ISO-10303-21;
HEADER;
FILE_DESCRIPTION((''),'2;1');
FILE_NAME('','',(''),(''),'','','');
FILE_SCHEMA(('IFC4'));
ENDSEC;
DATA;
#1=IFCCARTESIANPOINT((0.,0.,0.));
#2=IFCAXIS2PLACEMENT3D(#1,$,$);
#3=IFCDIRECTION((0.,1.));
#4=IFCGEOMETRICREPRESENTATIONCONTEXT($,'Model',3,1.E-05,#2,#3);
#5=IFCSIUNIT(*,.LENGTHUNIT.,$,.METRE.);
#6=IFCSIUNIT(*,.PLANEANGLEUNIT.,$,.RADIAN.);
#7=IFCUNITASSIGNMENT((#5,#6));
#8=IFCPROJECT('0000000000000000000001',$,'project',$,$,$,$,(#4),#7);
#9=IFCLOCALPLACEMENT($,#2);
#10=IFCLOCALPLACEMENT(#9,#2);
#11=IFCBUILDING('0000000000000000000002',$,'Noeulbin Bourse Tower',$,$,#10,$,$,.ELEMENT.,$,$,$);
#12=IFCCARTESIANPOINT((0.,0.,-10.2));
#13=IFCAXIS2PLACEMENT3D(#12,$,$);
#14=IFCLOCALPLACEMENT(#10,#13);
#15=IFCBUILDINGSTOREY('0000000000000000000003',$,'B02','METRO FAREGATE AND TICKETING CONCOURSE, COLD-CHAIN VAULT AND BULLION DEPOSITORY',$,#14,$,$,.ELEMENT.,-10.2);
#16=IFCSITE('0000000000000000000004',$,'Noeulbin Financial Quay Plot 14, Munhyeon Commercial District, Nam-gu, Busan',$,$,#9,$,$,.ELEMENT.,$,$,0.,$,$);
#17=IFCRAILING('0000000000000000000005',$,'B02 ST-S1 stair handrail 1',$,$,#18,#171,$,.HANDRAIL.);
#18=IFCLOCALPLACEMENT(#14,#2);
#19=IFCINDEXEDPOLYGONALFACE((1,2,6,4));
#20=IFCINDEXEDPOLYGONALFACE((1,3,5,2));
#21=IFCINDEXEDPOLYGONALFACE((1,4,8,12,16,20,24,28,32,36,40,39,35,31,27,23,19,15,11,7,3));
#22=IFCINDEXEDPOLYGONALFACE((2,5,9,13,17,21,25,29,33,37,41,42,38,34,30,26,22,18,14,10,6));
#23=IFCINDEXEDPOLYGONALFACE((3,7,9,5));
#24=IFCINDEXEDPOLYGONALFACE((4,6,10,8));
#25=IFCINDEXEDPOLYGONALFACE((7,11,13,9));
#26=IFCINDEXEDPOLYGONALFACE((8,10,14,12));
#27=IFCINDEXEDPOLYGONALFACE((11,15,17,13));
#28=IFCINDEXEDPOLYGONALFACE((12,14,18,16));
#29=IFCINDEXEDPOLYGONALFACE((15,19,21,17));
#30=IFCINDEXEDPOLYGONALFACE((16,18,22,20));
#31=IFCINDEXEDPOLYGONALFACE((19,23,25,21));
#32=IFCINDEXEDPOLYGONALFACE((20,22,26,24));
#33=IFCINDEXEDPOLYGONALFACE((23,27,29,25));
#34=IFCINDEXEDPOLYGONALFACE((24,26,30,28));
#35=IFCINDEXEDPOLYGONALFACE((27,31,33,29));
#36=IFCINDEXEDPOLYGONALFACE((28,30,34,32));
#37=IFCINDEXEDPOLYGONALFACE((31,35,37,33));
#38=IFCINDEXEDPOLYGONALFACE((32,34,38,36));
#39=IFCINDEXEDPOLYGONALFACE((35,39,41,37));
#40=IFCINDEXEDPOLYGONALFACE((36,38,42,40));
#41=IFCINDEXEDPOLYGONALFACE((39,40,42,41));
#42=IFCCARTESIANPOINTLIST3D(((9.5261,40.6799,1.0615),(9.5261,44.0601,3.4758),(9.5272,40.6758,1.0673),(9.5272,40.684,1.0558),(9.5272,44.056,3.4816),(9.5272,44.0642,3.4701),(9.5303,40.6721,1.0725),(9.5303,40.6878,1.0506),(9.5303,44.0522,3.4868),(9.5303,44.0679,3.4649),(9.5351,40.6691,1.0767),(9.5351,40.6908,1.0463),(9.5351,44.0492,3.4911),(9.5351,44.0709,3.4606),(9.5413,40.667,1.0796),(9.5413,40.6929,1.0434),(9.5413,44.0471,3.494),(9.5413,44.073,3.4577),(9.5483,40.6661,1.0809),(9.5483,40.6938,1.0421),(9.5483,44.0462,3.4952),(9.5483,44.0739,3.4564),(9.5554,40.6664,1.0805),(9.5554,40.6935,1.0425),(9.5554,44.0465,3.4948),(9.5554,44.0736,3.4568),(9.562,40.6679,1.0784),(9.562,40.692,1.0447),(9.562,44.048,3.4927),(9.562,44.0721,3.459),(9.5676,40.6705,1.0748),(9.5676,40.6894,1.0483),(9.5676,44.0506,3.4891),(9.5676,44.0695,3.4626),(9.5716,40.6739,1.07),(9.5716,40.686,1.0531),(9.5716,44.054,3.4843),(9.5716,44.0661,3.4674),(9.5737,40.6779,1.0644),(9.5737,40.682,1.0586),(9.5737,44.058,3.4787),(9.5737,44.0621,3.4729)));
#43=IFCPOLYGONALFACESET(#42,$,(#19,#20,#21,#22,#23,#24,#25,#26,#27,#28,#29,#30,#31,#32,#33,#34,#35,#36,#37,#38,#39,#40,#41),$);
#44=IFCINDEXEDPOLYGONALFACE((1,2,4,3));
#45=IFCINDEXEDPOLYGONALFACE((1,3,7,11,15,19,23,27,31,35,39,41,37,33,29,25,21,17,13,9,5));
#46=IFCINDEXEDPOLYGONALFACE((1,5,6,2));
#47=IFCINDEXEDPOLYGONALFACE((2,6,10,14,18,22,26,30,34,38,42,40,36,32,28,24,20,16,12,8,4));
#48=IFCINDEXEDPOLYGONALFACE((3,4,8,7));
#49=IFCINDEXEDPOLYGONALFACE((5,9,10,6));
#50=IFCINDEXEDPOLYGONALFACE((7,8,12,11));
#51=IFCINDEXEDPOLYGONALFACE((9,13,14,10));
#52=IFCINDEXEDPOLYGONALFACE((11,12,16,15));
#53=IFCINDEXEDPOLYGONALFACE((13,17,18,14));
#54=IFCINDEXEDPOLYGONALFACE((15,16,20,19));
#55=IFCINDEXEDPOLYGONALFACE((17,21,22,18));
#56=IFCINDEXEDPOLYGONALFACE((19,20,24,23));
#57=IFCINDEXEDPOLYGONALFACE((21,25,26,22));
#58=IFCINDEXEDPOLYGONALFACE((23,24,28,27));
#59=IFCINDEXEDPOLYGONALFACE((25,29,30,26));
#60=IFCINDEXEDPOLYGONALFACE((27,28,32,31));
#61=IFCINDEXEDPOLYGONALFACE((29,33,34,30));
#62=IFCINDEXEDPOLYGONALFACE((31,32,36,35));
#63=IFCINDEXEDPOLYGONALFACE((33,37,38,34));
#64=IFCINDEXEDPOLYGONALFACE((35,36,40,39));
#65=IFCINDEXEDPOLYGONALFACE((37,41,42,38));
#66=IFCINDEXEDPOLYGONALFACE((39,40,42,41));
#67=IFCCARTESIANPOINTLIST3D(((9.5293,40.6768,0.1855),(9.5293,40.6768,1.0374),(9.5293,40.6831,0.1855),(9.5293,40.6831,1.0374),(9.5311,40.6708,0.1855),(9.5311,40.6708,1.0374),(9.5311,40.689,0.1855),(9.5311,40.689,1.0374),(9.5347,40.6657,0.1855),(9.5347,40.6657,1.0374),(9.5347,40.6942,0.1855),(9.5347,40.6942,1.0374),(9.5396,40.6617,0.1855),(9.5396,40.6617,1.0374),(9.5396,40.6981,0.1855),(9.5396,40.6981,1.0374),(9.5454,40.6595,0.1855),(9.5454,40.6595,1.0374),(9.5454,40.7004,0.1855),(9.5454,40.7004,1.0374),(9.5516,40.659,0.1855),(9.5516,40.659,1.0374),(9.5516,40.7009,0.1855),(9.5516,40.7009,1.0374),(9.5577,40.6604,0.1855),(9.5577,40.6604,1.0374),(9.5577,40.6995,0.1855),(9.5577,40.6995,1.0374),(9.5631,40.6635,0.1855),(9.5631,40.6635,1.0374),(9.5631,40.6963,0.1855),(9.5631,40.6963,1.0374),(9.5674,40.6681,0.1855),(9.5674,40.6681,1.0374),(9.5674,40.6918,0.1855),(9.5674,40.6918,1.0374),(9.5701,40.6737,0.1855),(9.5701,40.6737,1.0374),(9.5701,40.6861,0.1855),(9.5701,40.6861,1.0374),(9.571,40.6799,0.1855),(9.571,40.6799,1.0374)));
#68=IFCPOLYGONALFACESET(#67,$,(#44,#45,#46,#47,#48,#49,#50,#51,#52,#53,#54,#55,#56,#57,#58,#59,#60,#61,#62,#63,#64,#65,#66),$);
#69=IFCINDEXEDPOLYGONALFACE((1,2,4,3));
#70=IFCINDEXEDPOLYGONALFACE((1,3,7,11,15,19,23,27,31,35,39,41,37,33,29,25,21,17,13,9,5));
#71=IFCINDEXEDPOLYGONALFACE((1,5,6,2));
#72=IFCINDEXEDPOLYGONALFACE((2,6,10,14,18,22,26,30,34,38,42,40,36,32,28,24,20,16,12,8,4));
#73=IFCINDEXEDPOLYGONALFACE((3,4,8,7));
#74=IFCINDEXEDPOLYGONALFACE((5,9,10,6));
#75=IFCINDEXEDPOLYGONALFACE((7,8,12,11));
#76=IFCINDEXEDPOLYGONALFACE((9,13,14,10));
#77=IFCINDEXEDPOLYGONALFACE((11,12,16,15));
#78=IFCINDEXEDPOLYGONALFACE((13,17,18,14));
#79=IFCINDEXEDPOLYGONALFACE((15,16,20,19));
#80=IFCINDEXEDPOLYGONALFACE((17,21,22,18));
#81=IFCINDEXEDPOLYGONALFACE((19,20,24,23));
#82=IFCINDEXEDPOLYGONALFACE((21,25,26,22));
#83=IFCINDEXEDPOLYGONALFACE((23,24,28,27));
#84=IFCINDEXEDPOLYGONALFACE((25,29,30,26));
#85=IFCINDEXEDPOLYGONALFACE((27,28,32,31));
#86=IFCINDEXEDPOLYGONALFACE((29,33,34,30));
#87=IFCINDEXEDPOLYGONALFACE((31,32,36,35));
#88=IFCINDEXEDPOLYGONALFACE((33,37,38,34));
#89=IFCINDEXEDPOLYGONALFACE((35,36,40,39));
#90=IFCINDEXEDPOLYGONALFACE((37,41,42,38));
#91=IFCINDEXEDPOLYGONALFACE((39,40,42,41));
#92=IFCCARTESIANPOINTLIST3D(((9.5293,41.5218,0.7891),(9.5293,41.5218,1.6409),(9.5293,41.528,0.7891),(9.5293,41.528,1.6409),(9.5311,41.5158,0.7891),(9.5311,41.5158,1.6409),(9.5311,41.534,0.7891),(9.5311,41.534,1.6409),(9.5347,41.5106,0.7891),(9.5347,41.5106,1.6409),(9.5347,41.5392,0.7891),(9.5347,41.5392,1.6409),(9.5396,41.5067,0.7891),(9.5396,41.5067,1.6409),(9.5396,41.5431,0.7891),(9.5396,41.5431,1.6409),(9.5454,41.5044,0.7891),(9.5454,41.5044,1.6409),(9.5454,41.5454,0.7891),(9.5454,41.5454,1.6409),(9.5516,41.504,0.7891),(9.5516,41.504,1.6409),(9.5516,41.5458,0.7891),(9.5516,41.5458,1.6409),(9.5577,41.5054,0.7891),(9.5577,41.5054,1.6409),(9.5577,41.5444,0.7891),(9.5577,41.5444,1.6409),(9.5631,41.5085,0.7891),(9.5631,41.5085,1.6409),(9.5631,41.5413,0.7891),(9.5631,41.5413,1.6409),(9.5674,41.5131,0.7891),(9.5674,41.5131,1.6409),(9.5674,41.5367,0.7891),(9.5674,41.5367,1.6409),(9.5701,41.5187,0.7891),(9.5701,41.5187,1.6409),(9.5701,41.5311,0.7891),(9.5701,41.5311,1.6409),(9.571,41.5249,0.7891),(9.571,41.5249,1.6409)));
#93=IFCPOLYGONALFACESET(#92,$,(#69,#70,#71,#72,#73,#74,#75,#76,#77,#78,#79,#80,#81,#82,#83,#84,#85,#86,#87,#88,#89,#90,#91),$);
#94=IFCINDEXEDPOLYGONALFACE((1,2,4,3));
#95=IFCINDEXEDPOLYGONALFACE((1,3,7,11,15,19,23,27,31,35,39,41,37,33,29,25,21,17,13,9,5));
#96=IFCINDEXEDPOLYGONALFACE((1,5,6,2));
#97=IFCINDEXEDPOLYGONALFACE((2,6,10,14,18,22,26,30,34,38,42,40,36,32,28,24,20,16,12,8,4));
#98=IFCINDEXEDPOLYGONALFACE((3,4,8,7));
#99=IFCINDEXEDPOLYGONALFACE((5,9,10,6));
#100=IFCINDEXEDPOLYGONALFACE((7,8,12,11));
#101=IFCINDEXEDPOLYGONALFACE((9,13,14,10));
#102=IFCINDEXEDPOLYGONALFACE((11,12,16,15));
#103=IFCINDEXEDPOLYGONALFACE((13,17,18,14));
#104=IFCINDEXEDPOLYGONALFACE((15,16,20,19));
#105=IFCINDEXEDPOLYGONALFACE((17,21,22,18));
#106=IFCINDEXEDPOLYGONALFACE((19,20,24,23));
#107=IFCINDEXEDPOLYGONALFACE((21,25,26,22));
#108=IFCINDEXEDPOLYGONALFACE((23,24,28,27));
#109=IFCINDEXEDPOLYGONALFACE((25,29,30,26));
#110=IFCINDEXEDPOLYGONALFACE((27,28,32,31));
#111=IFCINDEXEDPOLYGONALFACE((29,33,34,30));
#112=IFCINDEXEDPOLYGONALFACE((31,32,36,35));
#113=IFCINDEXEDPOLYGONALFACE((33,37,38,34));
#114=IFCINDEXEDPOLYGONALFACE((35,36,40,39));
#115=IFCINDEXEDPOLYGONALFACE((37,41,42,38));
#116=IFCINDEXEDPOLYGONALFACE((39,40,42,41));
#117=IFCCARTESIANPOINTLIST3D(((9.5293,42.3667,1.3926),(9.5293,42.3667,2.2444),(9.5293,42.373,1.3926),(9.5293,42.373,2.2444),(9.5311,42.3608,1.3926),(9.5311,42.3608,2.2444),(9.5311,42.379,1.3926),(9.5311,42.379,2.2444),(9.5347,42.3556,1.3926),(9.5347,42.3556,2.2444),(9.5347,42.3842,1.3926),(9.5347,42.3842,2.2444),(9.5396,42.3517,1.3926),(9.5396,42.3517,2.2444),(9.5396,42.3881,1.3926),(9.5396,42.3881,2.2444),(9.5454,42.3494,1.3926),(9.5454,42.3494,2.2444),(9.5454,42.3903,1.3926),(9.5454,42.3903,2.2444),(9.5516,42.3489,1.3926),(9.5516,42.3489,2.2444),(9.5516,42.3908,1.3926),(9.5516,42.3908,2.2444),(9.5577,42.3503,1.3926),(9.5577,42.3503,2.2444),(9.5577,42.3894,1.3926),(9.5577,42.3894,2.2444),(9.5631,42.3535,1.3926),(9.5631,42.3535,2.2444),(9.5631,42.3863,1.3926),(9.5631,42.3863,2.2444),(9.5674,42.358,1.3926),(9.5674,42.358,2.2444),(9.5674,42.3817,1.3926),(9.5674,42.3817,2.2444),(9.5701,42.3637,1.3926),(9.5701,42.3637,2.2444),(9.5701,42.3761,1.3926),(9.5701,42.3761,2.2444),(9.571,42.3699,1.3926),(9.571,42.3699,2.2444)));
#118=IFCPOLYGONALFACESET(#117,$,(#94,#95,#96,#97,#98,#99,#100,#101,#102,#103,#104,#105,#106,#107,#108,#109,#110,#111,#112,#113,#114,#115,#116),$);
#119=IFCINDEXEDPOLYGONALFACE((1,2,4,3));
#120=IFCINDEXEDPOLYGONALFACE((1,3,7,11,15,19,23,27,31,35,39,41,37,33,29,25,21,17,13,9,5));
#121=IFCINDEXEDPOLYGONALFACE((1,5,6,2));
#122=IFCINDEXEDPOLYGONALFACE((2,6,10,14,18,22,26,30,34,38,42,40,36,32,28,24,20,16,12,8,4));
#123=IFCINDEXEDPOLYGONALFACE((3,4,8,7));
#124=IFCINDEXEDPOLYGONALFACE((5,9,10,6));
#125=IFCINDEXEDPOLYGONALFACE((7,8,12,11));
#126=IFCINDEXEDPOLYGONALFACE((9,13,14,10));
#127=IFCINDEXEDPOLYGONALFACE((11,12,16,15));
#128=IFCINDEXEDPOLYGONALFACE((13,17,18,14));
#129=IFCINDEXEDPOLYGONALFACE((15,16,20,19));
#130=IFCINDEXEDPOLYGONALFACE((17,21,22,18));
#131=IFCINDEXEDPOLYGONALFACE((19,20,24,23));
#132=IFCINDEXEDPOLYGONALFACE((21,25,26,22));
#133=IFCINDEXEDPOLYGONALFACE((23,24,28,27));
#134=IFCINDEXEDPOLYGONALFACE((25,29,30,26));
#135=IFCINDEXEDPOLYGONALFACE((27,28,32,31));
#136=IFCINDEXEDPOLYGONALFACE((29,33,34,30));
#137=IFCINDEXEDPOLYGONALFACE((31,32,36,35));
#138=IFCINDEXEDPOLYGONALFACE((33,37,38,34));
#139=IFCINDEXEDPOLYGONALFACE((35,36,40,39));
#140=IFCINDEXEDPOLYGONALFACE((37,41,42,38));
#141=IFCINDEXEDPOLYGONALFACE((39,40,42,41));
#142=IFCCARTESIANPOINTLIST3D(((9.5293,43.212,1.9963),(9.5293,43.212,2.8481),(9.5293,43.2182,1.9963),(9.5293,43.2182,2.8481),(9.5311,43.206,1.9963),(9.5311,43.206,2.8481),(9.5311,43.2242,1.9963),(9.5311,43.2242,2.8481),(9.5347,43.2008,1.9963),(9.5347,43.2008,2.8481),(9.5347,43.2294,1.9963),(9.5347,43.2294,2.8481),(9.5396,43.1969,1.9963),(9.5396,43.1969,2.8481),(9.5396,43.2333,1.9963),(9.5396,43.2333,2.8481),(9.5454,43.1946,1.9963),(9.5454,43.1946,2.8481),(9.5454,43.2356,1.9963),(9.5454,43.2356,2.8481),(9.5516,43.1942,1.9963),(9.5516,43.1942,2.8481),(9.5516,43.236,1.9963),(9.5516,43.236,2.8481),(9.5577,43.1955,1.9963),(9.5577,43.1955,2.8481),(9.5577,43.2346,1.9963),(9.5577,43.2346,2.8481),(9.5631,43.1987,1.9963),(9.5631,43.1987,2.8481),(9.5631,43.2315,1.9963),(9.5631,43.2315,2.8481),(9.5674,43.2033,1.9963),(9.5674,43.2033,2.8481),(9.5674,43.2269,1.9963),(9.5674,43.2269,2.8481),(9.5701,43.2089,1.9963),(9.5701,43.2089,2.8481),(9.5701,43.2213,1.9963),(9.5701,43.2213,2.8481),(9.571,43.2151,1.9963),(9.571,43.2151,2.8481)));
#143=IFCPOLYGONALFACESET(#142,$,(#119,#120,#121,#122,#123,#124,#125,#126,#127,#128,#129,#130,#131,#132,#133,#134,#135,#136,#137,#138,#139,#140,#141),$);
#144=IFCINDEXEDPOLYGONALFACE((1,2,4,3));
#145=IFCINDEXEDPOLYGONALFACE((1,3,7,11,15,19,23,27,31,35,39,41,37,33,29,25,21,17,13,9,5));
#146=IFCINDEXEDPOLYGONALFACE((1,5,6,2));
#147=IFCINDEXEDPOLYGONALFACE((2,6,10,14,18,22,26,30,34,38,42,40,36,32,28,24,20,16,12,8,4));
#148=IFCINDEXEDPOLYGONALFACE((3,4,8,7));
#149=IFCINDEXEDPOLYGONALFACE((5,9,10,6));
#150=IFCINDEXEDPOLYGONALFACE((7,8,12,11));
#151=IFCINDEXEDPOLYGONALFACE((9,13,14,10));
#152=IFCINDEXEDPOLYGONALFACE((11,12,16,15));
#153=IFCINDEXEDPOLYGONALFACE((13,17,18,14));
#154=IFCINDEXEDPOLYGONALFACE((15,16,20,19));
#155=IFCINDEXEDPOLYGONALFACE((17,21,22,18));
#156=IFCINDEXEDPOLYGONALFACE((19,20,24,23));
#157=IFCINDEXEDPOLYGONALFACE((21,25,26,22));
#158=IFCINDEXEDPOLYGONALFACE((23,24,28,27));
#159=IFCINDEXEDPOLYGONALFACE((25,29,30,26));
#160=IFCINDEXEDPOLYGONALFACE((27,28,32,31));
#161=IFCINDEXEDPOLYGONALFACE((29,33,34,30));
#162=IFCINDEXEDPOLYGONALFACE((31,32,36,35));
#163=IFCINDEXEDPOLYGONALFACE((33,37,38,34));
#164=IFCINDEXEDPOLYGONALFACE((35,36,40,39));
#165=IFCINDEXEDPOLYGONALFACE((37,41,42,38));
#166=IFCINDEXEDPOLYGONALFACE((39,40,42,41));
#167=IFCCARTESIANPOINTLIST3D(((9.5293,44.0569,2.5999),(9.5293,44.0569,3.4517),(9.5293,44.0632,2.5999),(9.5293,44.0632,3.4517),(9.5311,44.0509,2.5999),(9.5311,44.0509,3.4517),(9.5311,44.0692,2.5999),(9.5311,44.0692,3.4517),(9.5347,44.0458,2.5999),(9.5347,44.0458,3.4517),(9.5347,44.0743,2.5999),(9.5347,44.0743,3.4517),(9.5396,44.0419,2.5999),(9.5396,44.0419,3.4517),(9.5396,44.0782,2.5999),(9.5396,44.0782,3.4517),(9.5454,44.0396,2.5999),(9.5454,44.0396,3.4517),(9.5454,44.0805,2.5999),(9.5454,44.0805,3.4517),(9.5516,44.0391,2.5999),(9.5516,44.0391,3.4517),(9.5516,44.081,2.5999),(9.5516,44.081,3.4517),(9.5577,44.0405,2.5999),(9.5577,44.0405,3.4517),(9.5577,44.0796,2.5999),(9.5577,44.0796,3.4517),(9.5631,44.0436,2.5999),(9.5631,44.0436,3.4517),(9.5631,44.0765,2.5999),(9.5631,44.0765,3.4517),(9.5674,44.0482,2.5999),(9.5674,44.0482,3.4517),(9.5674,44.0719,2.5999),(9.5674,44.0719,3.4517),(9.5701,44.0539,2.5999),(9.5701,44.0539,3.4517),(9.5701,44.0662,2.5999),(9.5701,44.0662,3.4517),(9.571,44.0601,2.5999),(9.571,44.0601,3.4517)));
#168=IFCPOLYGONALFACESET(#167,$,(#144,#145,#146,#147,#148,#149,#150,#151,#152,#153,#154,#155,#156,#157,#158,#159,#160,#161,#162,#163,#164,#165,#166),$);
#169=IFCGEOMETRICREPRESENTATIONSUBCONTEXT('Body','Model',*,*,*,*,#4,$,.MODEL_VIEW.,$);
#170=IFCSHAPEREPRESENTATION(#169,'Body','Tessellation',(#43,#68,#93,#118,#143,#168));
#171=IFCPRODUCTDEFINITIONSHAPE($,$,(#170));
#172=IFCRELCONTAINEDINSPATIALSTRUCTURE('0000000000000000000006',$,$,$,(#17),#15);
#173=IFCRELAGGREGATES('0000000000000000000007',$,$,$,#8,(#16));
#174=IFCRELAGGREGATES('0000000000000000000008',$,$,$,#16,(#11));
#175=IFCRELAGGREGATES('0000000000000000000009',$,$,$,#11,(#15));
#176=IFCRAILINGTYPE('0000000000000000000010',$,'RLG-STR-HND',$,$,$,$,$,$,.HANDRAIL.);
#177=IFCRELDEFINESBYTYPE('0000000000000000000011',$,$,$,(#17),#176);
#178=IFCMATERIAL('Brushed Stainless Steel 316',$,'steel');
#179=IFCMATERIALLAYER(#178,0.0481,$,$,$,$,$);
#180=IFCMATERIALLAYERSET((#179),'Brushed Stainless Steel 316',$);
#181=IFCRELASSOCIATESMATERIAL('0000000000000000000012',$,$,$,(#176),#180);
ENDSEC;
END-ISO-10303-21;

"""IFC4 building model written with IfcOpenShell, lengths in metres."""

from ifc_helpers import new_model, si_unit, direction, frame, origin, origin_2d, place, context, subcontext, project, spatial, circle, extrude, material, layer, layer_set, type_object, element, save


model = new_model("IFC4")

# Units and contexts
model_context = context("Model", 3, precision=1e-05, world=origin(), true_north=direction((0.0, 1.0)))
body_context = subcontext(model_context, "Body", "Model", "MODEL_VIEW")
ifc_project = project(units=[si_unit("LENGTHUNIT", "METRE"), si_unit("PLANEANGLEUNIT", "RADIAN")], contexts=[model_context])

# Site, building, storey
site_placement = place(None, origin())
site = spatial("IfcSite", under=ifc_project, at=site_placement, Name="Noeulbin Financial Quay Plot 14, Munhyeon Commercial District, Nam-gu, Busan", CompositionType="ELEMENT", RefElevation=0.0)
building_placement = place(site_placement, origin())
building = spatial("IfcBuilding", under=site, at=building_placement, Name="Noeulbin Bourse Tower", CompositionType="ELEMENT")
storey_placement = place(building_placement, frame((0.0, 0.0, -10.2)))
storey = spatial("IfcBuildingStorey", under=building, at=storey_placement, Name="B02", Description="METRO FAREGATE AND TICKETING CONCOURSE, COLD-CHAIN VAULT AND BULLION DEPOSITORY", CompositionType="ELEMENT", Elevation=-10.2)

# Railing
ifc_material_1 = material(Name="Brushed Stainless Steel 316", Category="steel")
ifc_layer_1 = layer(ifc_material_1, 0.0481)
ifc_layer_set_1 = layer_set([ifc_layer_1], Name="Brushed Stainless Steel 316")
railing_type_1 = type_object("IfcRailingType", Name="RLG-STR-HND", PredefinedType="HANDRAIL", material=ifc_layer_set_1)
railing_1_placement = place(storey_placement, frame((9.55, 40.6799, 0.1855)))
element("IfcRailing", 1, at=railing_1_placement, inside=storey, type_object=railing_type_1, Name="B02 ST-S1 stair handrail 1", PredefinedType="HANDRAIL", context=body_context, shape_type="SweptSolid", body=[
    extrude(circle(Radius=0.0239, at=origin_2d()), frame((0.0, 0.0, 0.876), z_axis=(0.0, 0.813741, 0.581227), x_axis=(-1.0, 0.0, 0.0)), (0.0, 0.0, 1.0), 4.1538),
    extrude(circle(Radius=0.021, at=origin_2d()), origin(), (0.0, 0.0, 1.0), 0.8518),
    extrude(circle(Radius=0.021, at=origin_2d()), frame((0.0, 0.845, 0.6035)), (0.0, 0.0, 1.0), 0.8518),
    extrude(circle(Radius=0.021, at=origin_2d()), frame((0.0, 1.6899, 1.207)), (0.0, 0.0, 1.0), 0.8518),
    extrude(circle(Radius=0.021, at=origin_2d()), frame((0.0, 2.5352, 1.8108)), (0.0, 0.0, 1.0), 0.8518),
    extrude(circle(Radius=0.021, at=origin_2d()), frame((0.0, 3.3801, 2.4143)), (0.0, 0.0, 1.0), 0.8518),
])

save(model, "model.ifc")
